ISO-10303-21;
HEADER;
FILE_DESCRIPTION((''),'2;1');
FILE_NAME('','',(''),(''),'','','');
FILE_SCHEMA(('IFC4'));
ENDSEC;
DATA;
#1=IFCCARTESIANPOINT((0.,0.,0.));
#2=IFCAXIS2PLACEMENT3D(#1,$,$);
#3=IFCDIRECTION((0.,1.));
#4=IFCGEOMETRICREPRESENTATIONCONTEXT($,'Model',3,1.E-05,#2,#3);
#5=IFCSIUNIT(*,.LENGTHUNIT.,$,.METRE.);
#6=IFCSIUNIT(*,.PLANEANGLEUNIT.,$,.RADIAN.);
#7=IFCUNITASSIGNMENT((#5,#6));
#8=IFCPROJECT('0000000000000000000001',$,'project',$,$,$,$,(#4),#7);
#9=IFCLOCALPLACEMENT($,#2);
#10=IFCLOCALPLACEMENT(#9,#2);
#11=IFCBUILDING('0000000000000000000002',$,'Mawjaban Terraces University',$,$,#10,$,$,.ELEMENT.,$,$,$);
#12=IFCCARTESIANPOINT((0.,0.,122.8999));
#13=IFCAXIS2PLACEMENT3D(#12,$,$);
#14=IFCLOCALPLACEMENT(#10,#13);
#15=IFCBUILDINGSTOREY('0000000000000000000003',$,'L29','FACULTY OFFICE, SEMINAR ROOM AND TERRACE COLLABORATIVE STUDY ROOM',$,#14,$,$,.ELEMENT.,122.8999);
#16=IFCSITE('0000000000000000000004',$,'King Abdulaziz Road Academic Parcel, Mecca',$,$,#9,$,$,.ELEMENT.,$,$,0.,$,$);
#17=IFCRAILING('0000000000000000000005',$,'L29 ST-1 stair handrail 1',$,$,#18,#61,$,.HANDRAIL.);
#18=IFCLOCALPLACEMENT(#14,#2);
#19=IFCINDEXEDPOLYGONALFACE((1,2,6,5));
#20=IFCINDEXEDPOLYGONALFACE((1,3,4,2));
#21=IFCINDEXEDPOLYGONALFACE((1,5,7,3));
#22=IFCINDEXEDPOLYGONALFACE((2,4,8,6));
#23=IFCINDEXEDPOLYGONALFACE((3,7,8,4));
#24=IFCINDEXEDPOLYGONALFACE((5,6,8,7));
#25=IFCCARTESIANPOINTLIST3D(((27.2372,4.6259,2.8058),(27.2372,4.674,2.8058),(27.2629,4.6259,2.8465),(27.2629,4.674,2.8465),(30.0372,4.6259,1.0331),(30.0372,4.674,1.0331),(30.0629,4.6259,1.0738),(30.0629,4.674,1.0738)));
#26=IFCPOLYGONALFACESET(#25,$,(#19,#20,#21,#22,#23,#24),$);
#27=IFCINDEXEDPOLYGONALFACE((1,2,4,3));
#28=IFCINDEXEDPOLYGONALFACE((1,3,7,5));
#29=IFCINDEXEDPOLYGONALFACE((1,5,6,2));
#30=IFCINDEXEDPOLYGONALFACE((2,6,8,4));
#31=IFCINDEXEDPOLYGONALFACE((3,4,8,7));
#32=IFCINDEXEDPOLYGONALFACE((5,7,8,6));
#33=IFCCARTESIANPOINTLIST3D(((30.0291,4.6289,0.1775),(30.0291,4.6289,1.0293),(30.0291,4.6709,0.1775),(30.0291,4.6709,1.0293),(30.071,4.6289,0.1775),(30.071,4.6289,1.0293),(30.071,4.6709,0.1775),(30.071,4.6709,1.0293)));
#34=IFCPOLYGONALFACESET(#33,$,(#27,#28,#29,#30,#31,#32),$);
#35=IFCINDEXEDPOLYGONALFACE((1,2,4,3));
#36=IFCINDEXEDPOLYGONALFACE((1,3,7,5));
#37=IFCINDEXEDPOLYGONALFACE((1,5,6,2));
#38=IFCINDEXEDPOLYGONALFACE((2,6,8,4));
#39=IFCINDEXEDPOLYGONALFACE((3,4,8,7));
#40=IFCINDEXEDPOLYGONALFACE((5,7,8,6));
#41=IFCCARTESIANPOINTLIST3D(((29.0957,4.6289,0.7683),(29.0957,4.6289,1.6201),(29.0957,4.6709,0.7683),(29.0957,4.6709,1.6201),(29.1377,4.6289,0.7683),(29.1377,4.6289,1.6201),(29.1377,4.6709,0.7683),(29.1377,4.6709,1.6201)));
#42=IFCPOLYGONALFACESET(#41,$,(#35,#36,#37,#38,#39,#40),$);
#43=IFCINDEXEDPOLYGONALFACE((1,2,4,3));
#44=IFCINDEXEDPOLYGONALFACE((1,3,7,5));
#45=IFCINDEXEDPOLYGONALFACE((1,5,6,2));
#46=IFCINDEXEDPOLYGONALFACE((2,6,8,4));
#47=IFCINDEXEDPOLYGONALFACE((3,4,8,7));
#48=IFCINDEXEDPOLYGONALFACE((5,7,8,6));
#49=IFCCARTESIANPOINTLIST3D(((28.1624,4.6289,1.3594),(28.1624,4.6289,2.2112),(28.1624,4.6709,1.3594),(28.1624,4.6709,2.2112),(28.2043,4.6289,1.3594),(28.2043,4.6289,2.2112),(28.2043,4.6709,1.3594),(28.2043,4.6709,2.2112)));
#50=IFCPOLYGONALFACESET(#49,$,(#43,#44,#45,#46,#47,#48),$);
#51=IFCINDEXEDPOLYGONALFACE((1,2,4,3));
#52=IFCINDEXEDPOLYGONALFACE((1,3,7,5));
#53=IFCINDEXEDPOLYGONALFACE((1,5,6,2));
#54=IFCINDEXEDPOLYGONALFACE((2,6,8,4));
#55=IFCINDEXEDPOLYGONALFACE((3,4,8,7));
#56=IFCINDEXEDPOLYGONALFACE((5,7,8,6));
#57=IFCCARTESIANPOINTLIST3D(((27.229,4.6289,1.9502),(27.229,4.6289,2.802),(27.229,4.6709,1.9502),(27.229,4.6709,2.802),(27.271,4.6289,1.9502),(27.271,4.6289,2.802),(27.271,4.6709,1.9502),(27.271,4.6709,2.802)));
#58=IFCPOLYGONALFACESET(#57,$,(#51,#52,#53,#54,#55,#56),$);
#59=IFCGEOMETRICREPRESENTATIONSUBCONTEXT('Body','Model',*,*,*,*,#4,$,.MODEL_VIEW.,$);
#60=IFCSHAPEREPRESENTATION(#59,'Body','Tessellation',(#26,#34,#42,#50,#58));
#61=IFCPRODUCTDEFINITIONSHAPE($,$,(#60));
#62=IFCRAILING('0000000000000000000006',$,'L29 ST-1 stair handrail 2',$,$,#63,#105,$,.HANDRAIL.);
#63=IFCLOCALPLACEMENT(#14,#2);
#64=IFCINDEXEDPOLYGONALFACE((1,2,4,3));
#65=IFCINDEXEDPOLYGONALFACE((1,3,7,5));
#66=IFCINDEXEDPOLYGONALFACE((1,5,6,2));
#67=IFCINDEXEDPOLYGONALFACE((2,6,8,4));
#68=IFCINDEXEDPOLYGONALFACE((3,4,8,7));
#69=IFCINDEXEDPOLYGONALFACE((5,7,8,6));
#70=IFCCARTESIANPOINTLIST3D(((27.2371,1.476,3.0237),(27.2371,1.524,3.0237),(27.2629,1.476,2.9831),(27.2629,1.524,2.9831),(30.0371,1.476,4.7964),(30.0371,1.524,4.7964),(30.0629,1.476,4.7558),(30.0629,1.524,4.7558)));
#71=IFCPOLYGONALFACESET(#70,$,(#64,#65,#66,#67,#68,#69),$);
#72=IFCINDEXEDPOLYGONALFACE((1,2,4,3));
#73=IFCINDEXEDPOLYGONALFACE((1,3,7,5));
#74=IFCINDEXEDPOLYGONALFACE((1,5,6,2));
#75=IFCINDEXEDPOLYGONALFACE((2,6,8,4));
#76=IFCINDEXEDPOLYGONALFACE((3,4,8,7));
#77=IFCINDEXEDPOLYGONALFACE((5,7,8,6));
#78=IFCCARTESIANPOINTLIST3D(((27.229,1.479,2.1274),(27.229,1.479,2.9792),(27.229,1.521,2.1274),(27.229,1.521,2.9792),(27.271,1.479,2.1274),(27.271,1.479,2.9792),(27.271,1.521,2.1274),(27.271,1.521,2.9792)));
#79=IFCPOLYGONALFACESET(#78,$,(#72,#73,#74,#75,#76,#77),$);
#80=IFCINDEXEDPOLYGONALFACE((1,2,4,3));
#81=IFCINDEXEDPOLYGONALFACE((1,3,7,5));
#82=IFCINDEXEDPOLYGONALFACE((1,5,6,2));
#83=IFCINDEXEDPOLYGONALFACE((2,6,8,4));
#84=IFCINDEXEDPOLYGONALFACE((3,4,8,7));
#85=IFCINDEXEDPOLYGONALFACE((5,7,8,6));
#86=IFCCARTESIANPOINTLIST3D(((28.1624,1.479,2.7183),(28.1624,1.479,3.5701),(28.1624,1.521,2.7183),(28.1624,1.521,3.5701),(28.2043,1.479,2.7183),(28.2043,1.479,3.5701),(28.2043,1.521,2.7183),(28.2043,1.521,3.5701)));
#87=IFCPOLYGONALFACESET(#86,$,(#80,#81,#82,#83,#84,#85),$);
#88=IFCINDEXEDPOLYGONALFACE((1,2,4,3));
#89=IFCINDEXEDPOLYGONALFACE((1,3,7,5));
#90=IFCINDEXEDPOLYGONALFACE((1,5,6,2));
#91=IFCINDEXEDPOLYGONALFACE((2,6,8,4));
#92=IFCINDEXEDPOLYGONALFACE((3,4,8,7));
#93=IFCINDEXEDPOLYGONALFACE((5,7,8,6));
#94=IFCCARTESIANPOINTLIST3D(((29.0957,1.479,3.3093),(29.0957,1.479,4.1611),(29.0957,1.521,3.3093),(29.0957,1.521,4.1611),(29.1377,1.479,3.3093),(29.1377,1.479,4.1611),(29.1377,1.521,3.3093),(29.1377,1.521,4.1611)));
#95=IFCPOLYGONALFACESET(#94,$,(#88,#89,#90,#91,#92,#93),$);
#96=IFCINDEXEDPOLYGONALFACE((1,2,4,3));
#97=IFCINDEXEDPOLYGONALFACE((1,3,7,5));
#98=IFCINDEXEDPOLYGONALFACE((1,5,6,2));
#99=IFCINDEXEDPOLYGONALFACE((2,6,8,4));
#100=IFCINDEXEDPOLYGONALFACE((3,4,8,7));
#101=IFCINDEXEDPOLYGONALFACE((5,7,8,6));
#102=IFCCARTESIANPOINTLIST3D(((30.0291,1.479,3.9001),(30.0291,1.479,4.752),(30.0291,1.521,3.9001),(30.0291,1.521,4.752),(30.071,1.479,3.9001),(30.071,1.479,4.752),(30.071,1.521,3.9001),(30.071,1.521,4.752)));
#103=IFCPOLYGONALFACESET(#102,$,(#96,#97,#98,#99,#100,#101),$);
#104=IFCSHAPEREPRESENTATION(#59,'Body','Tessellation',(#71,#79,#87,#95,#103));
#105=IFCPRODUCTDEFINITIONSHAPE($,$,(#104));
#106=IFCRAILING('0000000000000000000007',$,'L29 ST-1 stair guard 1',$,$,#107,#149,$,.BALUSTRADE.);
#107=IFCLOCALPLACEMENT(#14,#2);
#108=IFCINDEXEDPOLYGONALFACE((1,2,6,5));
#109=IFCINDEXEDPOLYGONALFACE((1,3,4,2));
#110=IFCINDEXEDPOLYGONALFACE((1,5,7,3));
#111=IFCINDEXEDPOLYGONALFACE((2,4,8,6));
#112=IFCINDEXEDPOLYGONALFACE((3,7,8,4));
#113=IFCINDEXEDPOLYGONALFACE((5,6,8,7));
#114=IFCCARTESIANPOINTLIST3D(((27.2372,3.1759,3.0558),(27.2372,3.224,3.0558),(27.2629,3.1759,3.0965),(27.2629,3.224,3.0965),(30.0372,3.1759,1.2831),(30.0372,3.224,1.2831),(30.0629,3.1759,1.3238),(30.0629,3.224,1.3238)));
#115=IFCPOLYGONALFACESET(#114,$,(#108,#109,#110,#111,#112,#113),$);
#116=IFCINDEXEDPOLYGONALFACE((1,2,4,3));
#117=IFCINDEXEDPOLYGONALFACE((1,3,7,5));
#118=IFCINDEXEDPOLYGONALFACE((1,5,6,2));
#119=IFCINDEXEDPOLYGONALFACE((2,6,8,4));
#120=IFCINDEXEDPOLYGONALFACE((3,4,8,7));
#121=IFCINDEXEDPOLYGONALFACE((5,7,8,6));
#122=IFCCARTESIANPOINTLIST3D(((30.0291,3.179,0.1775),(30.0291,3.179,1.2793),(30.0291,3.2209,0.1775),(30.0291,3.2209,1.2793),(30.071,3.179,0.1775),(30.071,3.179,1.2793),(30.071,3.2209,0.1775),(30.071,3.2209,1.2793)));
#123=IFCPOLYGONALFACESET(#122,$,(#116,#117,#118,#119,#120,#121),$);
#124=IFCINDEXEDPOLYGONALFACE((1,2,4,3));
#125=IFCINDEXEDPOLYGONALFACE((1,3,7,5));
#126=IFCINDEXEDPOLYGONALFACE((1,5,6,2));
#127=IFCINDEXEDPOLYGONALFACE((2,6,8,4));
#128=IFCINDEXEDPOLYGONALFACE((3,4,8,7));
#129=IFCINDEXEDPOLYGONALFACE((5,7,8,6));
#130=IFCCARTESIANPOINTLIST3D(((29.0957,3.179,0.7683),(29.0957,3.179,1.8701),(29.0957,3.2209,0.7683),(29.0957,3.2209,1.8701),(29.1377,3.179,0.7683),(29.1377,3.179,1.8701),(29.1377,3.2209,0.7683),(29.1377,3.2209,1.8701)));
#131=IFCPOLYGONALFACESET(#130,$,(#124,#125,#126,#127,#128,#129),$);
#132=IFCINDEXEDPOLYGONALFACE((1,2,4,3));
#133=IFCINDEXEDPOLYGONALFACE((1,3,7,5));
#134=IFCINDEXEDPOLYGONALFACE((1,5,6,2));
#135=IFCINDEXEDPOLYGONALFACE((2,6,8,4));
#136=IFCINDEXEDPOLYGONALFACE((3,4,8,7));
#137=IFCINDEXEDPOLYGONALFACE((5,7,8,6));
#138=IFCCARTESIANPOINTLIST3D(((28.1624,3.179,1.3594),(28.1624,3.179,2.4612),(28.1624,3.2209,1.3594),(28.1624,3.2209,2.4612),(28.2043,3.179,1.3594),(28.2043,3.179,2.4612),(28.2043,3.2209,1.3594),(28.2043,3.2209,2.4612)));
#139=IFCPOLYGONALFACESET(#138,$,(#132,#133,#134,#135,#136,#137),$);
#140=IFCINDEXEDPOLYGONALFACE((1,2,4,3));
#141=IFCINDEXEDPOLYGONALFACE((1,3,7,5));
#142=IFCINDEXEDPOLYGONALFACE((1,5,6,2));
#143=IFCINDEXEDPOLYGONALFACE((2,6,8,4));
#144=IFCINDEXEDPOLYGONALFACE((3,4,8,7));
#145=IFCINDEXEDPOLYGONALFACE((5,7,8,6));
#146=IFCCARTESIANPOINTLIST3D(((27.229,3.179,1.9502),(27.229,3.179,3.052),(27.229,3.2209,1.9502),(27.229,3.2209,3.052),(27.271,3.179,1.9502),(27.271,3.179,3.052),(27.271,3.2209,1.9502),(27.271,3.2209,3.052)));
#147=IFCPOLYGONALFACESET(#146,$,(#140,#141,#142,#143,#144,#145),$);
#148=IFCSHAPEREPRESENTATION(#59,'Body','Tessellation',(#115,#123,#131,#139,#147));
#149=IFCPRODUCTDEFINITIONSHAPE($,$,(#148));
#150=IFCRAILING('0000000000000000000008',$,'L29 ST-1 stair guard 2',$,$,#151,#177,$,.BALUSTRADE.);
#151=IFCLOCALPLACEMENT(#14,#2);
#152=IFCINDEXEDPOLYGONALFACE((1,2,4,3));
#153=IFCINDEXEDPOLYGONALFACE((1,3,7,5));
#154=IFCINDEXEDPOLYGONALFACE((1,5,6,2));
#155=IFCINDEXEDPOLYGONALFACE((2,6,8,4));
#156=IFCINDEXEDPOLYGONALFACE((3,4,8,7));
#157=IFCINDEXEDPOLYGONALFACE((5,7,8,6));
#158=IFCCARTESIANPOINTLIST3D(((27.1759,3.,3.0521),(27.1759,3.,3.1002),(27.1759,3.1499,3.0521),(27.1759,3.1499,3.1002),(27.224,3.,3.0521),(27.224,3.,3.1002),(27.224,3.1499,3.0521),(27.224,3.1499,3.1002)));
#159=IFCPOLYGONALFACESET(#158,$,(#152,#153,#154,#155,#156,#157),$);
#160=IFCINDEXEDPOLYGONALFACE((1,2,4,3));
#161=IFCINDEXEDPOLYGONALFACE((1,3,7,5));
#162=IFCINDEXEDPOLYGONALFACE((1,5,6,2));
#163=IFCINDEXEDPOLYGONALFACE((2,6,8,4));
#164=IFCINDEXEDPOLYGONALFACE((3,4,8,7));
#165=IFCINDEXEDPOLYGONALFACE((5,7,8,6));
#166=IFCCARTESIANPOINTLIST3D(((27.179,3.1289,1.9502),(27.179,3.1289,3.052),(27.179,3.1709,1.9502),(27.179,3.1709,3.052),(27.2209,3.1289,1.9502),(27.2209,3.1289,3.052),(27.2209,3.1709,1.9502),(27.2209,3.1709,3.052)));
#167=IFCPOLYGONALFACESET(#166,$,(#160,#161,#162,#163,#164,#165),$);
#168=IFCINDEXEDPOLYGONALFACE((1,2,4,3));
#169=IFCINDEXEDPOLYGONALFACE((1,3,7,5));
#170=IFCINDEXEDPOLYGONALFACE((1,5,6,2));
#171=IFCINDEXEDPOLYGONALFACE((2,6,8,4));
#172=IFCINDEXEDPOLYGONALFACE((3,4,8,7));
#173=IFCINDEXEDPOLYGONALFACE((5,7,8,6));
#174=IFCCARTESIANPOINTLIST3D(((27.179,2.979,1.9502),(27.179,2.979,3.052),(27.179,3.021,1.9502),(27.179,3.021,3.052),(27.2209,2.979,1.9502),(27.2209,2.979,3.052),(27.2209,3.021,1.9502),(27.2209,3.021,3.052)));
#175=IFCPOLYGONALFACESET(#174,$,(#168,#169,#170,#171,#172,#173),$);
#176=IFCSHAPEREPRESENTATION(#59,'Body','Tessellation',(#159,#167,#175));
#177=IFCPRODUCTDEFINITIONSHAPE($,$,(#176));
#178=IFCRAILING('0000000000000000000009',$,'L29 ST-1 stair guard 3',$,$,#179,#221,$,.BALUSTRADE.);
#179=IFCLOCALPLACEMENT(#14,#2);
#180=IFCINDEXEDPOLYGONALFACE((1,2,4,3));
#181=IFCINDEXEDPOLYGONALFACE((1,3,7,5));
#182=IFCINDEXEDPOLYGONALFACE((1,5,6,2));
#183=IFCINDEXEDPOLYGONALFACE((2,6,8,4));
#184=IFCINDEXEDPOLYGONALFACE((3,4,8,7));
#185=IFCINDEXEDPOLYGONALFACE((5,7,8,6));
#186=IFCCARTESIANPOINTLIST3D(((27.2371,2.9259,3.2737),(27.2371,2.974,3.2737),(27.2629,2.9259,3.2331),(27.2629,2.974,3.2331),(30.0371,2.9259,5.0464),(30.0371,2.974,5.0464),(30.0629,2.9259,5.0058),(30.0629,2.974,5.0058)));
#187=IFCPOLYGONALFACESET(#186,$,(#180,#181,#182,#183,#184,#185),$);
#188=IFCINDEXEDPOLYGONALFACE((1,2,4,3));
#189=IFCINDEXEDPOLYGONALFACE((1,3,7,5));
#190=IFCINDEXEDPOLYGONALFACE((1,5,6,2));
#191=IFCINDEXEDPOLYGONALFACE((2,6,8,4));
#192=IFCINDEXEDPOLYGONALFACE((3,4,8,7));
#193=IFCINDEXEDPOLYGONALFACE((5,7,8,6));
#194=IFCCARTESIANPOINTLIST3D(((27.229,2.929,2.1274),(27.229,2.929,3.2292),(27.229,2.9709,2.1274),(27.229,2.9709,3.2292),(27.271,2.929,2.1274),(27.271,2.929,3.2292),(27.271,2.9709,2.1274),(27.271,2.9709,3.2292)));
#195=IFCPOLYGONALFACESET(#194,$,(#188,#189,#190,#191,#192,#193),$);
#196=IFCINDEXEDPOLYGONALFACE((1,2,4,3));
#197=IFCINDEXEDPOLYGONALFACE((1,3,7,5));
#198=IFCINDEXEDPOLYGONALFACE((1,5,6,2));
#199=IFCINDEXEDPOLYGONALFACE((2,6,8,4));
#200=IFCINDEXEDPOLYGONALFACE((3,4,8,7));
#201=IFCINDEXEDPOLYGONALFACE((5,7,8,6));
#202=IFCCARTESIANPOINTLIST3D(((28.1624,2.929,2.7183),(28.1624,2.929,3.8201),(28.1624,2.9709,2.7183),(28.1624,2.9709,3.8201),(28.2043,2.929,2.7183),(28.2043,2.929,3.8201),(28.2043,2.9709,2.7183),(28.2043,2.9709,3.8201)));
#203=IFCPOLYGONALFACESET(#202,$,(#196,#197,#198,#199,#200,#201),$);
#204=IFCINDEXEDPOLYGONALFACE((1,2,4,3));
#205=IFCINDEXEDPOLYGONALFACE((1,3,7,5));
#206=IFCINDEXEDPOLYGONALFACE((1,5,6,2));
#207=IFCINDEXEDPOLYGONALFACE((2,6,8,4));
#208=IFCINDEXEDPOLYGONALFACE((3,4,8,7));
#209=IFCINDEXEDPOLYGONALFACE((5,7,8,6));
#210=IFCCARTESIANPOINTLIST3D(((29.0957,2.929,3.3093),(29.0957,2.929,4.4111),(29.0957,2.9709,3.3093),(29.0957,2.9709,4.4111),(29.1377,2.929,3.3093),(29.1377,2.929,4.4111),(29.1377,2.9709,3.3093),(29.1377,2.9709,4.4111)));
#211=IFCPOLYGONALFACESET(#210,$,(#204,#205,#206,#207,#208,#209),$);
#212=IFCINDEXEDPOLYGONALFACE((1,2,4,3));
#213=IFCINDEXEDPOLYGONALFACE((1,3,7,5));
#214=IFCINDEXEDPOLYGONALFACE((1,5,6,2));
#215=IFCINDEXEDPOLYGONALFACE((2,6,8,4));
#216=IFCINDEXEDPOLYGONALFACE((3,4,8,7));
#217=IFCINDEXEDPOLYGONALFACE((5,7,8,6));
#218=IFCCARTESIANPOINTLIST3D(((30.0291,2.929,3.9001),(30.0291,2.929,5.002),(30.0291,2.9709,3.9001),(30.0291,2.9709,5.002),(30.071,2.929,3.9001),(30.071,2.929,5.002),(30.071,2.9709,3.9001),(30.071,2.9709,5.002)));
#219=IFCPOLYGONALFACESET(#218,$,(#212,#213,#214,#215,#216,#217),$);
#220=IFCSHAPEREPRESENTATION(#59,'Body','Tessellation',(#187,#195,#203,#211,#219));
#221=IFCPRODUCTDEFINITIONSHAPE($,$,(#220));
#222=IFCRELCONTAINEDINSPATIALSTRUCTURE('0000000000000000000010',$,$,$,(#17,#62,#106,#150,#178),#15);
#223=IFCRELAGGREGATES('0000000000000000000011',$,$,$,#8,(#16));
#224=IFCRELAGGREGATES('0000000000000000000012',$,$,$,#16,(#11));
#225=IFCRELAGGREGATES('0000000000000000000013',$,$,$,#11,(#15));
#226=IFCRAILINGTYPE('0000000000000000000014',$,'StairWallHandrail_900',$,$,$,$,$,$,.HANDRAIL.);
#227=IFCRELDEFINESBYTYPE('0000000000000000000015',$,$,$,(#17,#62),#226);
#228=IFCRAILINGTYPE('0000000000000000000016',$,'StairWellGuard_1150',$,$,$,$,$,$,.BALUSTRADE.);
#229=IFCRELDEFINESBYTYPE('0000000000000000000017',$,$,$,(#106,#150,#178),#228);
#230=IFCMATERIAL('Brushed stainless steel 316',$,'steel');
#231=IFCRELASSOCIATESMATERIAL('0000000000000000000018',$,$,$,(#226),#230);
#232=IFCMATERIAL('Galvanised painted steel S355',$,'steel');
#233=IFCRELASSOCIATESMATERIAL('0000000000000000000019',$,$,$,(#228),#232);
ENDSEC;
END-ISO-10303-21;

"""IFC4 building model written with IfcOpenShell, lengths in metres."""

from ifc_helpers import new_model, si_unit, direction, frame, origin, origin_2d, place, context, subcontext, project, spatial, rectangle, extrude, material, type_object, element, save


model = new_model("IFC4")

# Units and contexts
model_context = context("Model", 3, precision=1e-05, world=origin(), true_north=direction((0.0, 1.0)))
body_context = subcontext(model_context, "Body", "Model", "MODEL_VIEW")
ifc_project = project(units=[si_unit("LENGTHUNIT", "METRE"), si_unit("PLANEANGLEUNIT", "RADIAN")], contexts=[model_context])

# Site, building, storey
site_placement = place(None, origin())
site = spatial("IfcSite", under=ifc_project, at=site_placement, Name="King Abdulaziz Road Academic Parcel, Mecca", CompositionType="ELEMENT", RefElevation=0.0)
building_placement = place(site_placement, origin())
building = spatial("IfcBuilding", under=site, at=building_placement, Name="Mawjaban Terraces University", CompositionType="ELEMENT")
storey_placement = place(building_placement, frame((0.0, 0.0, 122.8999)))
storey = spatial("IfcBuildingStorey", under=building, at=storey_placement, Name="L29", Description="FACULTY OFFICE, SEMINAR ROOM AND TERRACE COLLABORATIVE STUDY ROOM", CompositionType="ELEMENT", Elevation=122.8999)

# Railings
ifc_material_1 = material(Name="Brushed stainless steel 316", Category="steel")
railing_type_1 = type_object("IfcRailingType", Name="StairWallHandrail_900", PredefinedType="HANDRAIL", material=ifc_material_1)
railing_1_placement = place(storey_placement, frame((30.05, 4.6499, 0.1775)))
element("IfcRailing", 1, at=railing_1_placement, inside=storey, type_object=railing_type_1, Name="L29 ST-1 stair handrail 1", PredefinedType="HANDRAIL", context=body_context, shape_type="SweptSolid", body=[
    extrude(rectangle(XDim=0.0481, YDim=0.0481, at=origin_2d()), frame((0.0, 0.0, 0.876), z_axis=(-0.844909, 0.0, 0.53491), x_axis=(0.0, -1.0, 0.0)), (0.0, 0.0, 1.0), 3.314),
    extrude(rectangle(XDim=0.042, YDim=0.042, at=origin_2d()), origin(), (0.0, 0.0, 1.0), 0.8518),
    extrude(rectangle(XDim=0.042, YDim=0.042, at=origin_2d()), frame((-0.9333, 0.0, 0.5908)), (0.0, 0.0, 1.0), 0.8518),
    extrude(rectangle(XDim=0.042, YDim=0.042, at=origin_2d()), frame((-1.8667, 0.0, 1.1819)), (0.0, 0.0, 1.0), 0.8518),
    extrude(rectangle(XDim=0.042, YDim=0.042, at=origin_2d()), frame((-2.8, 0.0, 1.7727)), (0.0, 0.0, 1.0), 0.8518),
])
railing_2_placement = place(storey_placement, frame((27.25, 1.5, 2.1274)))
element("IfcRailing", 2, at=railing_2_placement, inside=storey, type_object=railing_type_1, Name="L29 ST-1 stair handrail 2", PredefinedType="HANDRAIL", context=body_context, shape_type="SweptSolid", body=[
    extrude(rectangle(XDim=0.0481, YDim=0.0481, at=origin_2d()), frame((0.0, 0.0, 0.876), z_axis=(0.844909, 0.0, 0.53491), x_axis=(0.0, 1.0, 0.0)), (0.0, 0.0, 1.0), 3.314),
    extrude(rectangle(XDim=0.042, YDim=0.042, at=origin_2d()), origin(), (0.0, 0.0, 1.0), 0.8518),
    extrude(rectangle(XDim=0.042, YDim=0.042, at=origin_2d()), frame((0.9333, 0.0, 0.5908)), (0.0, 0.0, 1.0), 0.8518),
    extrude(rectangle(XDim=0.042, YDim=0.042, at=origin_2d()), frame((1.8667, 0.0, 1.1819)), (0.0, 0.0, 1.0), 0.8518),
    extrude(rectangle(XDim=0.042, YDim=0.042, at=origin_2d()), frame((2.8, 0.0, 1.7727)), (0.0, 0.0, 1.0), 0.8518),
])
ifc_material_2 = material(Name="Galvanised painted steel S355", Category="steel")
railing_type_2 = type_object("IfcRailingType", Name="StairWellGuard_1150", PredefinedType="BALUSTRADE", material=ifc_material_2)
railing_3_placement = place(storey_placement, frame((30.05, 3.2, 0.1775)))
element("IfcRailing", 3, at=railing_3_placement, inside=storey, type_object=railing_type_2, Name="L29 ST-1 stair guard 1", PredefinedType="BALUSTRADE", context=body_context, shape_type="SweptSolid", body=[
    extrude(rectangle(XDim=0.0481, YDim=0.0481, at=origin_2d()), frame((0.0, 0.0, 1.126), z_axis=(-0.844909, 0.0, 0.53491), x_axis=(0.0, -1.0, 0.0)), (0.0, 0.0, 1.0), 3.314),
    extrude(rectangle(XDim=0.042, YDim=0.042, at=origin_2d()), origin(), (0.0, 0.0, 1.0), 1.1018),
    extrude(rectangle(XDim=0.042, YDim=0.042, at=origin_2d()), frame((-0.9333, 0.0, 0.5908)), (0.0, 0.0, 1.0), 1.1018),
    extrude(rectangle(XDim=0.042, YDim=0.042, at=origin_2d()), frame((-1.8667, 0.0, 1.1819)), (0.0, 0.0, 1.0), 1.1018),
    extrude(rectangle(XDim=0.042, YDim=0.042, at=origin_2d()), frame((-2.8, 0.0, 1.7727)), (0.0, 0.0, 1.0), 1.1018),
])
railing_4_placement = place(storey_placement, frame((27.2, 3.1499, 1.9502)))
element("IfcRailing", 4, at=railing_4_placement, inside=storey, type_object=railing_type_2, Name="L29 ST-1 stair guard 2", PredefinedType="BALUSTRADE", context=body_context, shape_type="SweptSolid", body=[
    extrude(rectangle(XDim=0.0481, YDim=0.0481, at=origin_2d()), frame((0.0, 0.0, 1.126), z_axis=(0.0, -1.0, 0.0), x_axis=(1.0, 0.0, 0.0)), (0.0, 0.0, 1.0), 0.1499),
    extrude(rectangle(XDim=0.042, YDim=0.042, at=origin_2d()), origin(), (0.0, 0.0, 1.0), 1.1018),
    extrude(rectangle(XDim=0.042, YDim=0.042, at=origin_2d()), frame((0.0, -0.1499, 0.0)), (0.0, 0.0, 1.0), 1.1018),
])
railing_5_placement = place(storey_placement, frame((27.25, 2.95, 2.1274)))
element("IfcRailing", 5, at=railing_5_placement, inside=storey, type_object=railing_type_2, Name="L29 ST-1 stair guard 3", PredefinedType="BALUSTRADE", context=body_context, shape_type="SweptSolid", body=[
    extrude(rectangle(XDim=0.0481, YDim=0.0481, at=origin_2d()), frame((0.0, 0.0, 1.126), z_axis=(0.844909, 0.0, 0.53491), x_axis=(0.0, 1.0, 0.0)), (0.0, 0.0, 1.0), 3.314),
    extrude(rectangle(XDim=0.042, YDim=0.042, at=origin_2d()), origin(), (0.0, 0.0, 1.0), 1.1018),
    extrude(rectangle(XDim=0.042, YDim=0.042, at=origin_2d()), frame((0.9333, 0.0, 0.5908)), (0.0, 0.0, 1.0), 1.1018),
    extrude(rectangle(XDim=0.042, YDim=0.042, at=origin_2d()), frame((1.8667, 0.0, 1.1819)), (0.0, 0.0, 1.0), 1.1018),
    extrude(rectangle(XDim=0.042, YDim=0.042, at=origin_2d()), frame((2.8, 0.0, 1.7727)), (0.0, 0.0, 1.0), 1.1018),
])

save(model, "model.ifc")
